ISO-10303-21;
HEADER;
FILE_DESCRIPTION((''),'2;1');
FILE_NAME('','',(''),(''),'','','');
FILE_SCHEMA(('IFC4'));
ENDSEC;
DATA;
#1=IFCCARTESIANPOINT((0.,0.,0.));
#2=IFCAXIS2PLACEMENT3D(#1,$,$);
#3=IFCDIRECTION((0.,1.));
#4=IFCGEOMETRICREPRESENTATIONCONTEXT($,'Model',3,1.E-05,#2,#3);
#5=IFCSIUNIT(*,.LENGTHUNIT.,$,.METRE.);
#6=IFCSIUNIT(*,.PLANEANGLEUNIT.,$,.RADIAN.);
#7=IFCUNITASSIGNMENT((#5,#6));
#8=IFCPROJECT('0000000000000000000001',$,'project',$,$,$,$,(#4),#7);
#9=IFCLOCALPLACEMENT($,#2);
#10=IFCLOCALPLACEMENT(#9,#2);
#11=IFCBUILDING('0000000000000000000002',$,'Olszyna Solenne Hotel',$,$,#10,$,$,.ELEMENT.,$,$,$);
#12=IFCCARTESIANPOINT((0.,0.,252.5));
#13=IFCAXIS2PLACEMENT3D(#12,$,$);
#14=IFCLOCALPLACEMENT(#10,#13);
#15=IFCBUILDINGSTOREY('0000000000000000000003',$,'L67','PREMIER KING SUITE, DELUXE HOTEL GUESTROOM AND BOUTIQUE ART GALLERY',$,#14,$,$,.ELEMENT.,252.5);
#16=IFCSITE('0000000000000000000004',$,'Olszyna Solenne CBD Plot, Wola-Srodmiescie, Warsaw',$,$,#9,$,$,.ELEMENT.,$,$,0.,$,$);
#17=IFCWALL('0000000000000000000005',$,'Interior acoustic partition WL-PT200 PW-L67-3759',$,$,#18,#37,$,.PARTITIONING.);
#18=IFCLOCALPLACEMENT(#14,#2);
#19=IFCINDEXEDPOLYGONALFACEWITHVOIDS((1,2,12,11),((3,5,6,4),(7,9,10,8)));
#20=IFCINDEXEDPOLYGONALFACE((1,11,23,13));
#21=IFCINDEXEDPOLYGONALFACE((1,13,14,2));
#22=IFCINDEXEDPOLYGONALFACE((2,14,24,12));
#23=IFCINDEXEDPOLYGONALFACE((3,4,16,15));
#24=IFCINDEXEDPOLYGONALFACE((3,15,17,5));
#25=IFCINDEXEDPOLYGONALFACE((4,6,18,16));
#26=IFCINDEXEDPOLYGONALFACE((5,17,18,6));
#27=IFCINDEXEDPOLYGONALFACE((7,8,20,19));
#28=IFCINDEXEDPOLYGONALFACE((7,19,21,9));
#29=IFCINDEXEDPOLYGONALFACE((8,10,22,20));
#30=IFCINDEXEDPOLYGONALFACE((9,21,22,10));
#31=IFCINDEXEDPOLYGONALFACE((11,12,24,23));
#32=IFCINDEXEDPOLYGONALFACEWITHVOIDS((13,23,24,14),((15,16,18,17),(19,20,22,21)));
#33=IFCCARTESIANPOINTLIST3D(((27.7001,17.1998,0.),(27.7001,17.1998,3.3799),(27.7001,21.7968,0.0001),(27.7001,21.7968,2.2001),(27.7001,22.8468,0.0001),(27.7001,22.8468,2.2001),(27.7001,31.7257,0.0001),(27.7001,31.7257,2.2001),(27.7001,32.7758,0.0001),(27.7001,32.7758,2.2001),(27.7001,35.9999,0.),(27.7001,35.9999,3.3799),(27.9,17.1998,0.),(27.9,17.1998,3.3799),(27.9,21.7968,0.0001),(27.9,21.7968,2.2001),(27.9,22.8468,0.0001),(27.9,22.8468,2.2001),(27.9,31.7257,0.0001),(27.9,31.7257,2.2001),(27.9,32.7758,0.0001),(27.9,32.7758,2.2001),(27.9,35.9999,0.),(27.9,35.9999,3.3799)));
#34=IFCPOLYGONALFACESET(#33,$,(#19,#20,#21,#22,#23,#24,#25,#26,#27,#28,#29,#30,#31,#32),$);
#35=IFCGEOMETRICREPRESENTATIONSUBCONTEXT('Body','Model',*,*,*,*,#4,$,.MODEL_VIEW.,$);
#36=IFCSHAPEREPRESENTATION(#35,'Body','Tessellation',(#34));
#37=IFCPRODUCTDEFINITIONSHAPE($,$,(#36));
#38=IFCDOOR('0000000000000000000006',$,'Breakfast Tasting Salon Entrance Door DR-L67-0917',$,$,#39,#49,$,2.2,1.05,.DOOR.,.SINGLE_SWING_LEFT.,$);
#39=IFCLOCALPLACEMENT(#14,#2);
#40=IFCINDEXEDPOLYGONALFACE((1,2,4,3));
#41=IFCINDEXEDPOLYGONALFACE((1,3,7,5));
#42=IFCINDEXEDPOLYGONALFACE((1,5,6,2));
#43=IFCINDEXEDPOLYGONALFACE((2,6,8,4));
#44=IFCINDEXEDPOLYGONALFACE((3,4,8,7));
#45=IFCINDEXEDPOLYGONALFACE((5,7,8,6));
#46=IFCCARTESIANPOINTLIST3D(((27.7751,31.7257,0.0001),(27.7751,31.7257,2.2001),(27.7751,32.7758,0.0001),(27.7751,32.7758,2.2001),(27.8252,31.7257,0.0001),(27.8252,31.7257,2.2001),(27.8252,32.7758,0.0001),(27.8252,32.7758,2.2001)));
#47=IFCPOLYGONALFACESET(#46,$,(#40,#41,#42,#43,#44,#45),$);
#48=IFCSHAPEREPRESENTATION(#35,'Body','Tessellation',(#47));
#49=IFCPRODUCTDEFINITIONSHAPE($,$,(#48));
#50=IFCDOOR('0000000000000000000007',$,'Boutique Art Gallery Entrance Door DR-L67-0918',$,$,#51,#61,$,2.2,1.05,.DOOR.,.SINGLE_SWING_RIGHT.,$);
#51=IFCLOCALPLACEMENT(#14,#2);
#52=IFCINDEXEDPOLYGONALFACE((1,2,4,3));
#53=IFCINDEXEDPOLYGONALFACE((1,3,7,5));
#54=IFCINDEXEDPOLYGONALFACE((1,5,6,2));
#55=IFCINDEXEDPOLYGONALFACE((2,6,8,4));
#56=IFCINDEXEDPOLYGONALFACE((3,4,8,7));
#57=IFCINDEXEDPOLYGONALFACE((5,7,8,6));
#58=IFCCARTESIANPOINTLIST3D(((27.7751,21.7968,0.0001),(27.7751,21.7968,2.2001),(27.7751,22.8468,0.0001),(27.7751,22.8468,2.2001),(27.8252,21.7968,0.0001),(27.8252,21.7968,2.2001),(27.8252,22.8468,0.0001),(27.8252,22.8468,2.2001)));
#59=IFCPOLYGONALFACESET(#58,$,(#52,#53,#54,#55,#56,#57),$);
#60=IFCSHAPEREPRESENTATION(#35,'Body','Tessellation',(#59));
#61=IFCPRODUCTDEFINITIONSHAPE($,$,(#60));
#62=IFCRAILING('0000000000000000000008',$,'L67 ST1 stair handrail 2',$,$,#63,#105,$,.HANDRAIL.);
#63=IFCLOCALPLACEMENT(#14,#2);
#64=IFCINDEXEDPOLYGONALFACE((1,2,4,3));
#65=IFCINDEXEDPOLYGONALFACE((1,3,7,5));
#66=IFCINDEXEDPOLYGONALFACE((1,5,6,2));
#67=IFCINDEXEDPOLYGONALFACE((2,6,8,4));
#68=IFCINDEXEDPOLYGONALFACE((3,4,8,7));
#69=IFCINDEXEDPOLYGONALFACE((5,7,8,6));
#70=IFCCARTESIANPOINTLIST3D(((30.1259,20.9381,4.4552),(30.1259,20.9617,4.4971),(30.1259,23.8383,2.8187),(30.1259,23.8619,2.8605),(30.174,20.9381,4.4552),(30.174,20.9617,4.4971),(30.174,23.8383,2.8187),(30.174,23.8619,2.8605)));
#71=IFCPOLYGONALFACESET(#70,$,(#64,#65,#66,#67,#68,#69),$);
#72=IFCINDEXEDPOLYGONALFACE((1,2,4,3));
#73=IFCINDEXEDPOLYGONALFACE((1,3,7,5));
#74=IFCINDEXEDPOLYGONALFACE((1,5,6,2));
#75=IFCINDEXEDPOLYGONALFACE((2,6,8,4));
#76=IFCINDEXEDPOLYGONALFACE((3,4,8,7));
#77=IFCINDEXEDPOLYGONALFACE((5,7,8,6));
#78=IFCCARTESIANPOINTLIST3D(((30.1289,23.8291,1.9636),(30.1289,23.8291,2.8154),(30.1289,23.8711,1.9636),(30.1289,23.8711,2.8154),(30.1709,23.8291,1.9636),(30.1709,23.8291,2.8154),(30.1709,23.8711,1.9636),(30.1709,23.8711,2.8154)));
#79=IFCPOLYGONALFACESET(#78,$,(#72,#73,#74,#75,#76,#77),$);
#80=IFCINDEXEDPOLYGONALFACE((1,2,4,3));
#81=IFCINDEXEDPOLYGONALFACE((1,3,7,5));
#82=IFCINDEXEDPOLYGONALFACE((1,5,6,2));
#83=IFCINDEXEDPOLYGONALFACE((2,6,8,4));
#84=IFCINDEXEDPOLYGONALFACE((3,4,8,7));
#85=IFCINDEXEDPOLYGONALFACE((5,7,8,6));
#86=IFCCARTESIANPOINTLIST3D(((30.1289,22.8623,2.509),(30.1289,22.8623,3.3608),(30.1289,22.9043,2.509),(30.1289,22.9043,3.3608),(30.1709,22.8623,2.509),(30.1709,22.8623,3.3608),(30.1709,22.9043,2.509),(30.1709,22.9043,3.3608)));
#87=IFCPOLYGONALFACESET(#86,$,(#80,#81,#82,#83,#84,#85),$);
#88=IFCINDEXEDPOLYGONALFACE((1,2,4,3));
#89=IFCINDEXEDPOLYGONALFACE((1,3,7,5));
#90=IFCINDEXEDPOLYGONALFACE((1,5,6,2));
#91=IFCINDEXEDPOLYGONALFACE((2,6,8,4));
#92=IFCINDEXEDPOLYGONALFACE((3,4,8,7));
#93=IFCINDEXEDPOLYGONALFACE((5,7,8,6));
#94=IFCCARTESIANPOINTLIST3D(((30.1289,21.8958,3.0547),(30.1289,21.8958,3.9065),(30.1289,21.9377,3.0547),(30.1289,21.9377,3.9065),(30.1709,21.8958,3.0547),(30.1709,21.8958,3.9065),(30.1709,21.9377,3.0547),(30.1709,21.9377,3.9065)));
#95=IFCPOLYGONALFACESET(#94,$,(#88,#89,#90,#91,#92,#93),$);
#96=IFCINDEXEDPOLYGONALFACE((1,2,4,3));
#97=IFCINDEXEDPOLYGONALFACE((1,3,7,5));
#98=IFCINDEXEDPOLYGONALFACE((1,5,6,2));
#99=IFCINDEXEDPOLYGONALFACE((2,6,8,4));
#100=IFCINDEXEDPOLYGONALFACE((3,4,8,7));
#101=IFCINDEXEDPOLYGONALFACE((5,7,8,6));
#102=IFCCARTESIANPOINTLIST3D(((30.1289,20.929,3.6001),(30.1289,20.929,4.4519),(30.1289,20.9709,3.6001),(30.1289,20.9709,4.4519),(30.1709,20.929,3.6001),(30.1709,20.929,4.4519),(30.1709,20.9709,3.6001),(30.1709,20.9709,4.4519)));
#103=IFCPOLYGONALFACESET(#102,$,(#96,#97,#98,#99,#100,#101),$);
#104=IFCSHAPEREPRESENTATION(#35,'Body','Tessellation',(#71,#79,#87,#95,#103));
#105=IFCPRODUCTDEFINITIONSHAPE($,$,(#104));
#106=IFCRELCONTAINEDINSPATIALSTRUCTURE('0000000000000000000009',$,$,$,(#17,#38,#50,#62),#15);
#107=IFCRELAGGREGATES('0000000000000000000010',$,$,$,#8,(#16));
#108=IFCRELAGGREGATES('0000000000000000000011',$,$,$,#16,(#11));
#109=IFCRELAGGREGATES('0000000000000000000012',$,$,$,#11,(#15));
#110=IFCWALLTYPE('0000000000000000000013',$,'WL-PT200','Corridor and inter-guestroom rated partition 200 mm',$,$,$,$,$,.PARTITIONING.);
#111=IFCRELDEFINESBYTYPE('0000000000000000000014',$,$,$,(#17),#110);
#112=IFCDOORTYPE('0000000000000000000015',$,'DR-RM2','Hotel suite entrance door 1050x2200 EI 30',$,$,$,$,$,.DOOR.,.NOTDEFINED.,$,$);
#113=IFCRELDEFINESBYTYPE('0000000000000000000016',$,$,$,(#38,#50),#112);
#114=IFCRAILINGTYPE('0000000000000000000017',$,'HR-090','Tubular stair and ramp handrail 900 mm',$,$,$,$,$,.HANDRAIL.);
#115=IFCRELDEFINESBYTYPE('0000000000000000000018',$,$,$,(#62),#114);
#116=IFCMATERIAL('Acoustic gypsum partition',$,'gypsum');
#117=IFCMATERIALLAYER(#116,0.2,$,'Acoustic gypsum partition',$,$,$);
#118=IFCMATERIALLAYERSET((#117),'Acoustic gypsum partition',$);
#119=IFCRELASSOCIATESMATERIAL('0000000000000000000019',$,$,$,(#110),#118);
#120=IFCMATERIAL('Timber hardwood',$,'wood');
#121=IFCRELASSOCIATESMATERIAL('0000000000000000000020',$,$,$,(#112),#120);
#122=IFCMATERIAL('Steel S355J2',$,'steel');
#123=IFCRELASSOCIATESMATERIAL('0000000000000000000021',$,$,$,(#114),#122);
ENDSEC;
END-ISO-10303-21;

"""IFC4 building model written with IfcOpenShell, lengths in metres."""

from ifc_helpers import new_model, si_unit, direction, frame, frame_2d, origin, origin_2d, place, context, subcontext, project, spatial, rectangle, extrude, source, transform, mapped, material, layer, layer_set, type_object, type_shapes, element, fill, save


model = new_model("IFC4")

# Units and contexts
model_context = context("Model", 3, precision=1e-05, world=origin(), true_north=direction((0.0, 1.0)))
body_context = subcontext(model_context, "Body", "Model", "MODEL_VIEW")
ifc_project = project(units=[si_unit("LENGTHUNIT", "METRE"), si_unit("PLANEANGLEUNIT", "RADIAN")], contexts=[model_context])

# Site, building, storey
site_placement = place(None, origin())
site = spatial("IfcSite", under=ifc_project, at=site_placement, Name="Olszyna Solenne CBD Plot, Wola-Srodmiescie, Warsaw", CompositionType="ELEMENT", RefElevation=0.0)
building_placement = place(site_placement, origin())
building = spatial("IfcBuilding", under=site, at=building_placement, Name="Olszyna Solenne Hotel", CompositionType="ELEMENT")
storey_placement = place(building_placement, frame((0.0, 0.0, 252.5)))
storey = spatial("IfcBuildingStorey", under=building, at=storey_placement, Name="L67", Description="PREMIER KING SUITE, DELUXE HOTEL GUESTROOM AND BOUTIQUE ART GALLERY", CompositionType="ELEMENT", Elevation=252.5)

# Shared definitions
ifc_material_1 = material(Name="Steel S355J2", Category="steel")

# Shared definitions
ifc_material_2 = material(Name="Timber hardwood", Category="wood")

# Shared definitions
ifc_material_3 = material(Name="Acoustic gypsum partition", Category="gypsum")
ifc_layer_1 = layer(ifc_material_3, 0.2, Name="Acoustic gypsum partition")
ifc_layer_set_1 = layer_set([ifc_layer_1], Name="Acoustic gypsum partition")
wall_type_1 = type_object("IfcWallType", Name="WL-PT200", Description="Corridor and inter-guestroom rated partition 200 mm", PredefinedType="PARTITIONING", material=ifc_layer_set_1)

# Wall, openings, doors
door_type_1 = type_object("IfcDoorType", Name="DR-RM2", Description="Hotel suite entrance door 1050x2200 EI 30", OperationType="NOTDEFINED", PredefinedType="DOOR", material=ifc_material_2)
shared_shape_1 = source(origin(), body_context, "Body", "SweptSolid", [
    extrude(rectangle(XDim=1.05, YDim=2.2, at=frame_2d((0.5249, 1.1001))), frame((0.0, 0.0249, 0.0), z_axis=(0.0, -1.0, 0.0), x_axis=(1.0, 0.0, 0.0)), (0.0, 0.0, 1.0), 0.05),
])
type_shapes(door_type_1, [shared_shape_1])
wall_1_placement = place(storey_placement, frame((27.8, 17.2, 0.0), z_axis=(0.0, 0.0, 1.0), x_axis=(0.0, 1.0, 0.0)))
wall_1 = element("IfcWall", 1, at=wall_1_placement, inside=storey, type_object=wall_type_1, Name="Interior acoustic partition WL-PT200 PW-L67-3759", PredefinedType="PARTITIONING", context=body_context, shape_type="SweptSolid", body=[
    extrude(rectangle(XDim=18.8, YDim=0.2, at=frame_2d((9.3999, 0.0))), origin(), (0.0, 0.0, 1.0), 3.3799),
])
opening_1_placement = place(wall_1_placement, frame((14.5259, 0.0, 0.0)))
opening_1 = element("IfcOpeningElement", 2, at=opening_1_placement, cuts=wall_1, PredefinedType="OPENING", context=body_context, shape_type="SweptSolid", body=[
    extrude(rectangle(XDim=1.05, YDim=2.2, at=frame_2d((0.5249, 1.1001))), frame((0.0, 0.1099, 0.0), z_axis=(0.0, -1.0, 0.0), x_axis=(1.0, 0.0, 0.0)), (0.0, 0.0, 1.0), 0.22),
])
opening_2_placement = place(wall_1_placement, frame((4.5969, 0.0, 0.0)))
opening_2 = element("IfcOpeningElement", 3, at=opening_2_placement, cuts=wall_1, PredefinedType="OPENING", context=body_context, shape_type="SweptSolid", body=[
    extrude(rectangle(XDim=1.05, YDim=2.2, at=frame_2d((0.5249, 1.1001))), frame((0.0, 0.1099, 0.0), z_axis=(0.0, -1.0, 0.0), x_axis=(1.0, 0.0, 0.0)), (0.0, 0.0, 1.0), 0.22),
])
door_1_placement = place(opening_1_placement, origin())
door_1 = element("IfcDoor", 4, at=door_1_placement, inside=storey, type_object=door_type_1, Name="Breakfast Tasting Salon Entrance Door DR-L67-0917", OperationType="SINGLE_SWING_LEFT", OverallHeight=2.2, OverallWidth=1.05, PredefinedType="DOOR", context=body_context, shape_type="MappedRepresentation", body=[
    mapped(shared_shape_1, transform((0.0, 0.0, 0.0), x_axis=(1.0, 0.0, 0.0), y_axis=(0.0, 1.0, 0.0), z_axis=(0.0, 0.0, 1.0), scale=1.0)),
])
fill(opening_1, door_1)
door_2_placement = place(opening_2_placement, origin())
door_2 = element("IfcDoor", 5, at=door_2_placement, inside=storey, type_object=door_type_1, Name="Boutique Art Gallery Entrance Door DR-L67-0918", OperationType="SINGLE_SWING_RIGHT", OverallHeight=2.2, OverallWidth=1.05, PredefinedType="DOOR", context=body_context, shape_type="MappedRepresentation", body=[
    mapped(shared_shape_1, transform((0.0, 0.0, 0.0), x_axis=(1.0, 0.0, 0.0), y_axis=(0.0, 1.0, 0.0), z_axis=(0.0, 0.0, 1.0), scale=1.0)),
])
fill(opening_2, door_2)

# Railing
railing_type = type_object("IfcRailingType", Name="HR-090", Description="Tubular stair and ramp handrail 900 mm", PredefinedType="HANDRAIL", material=ifc_material_1)
railing_placement = place(storey_placement, frame((30.1499, 23.8501, 1.9636)))
element("IfcRailing", 6, at=railing_placement, inside=storey, type_object=railing_type, Name="L67 ST1 stair handrail 2", PredefinedType="HANDRAIL", context=body_context, shape_type="SweptSolid", body=[
    extrude(rectangle(XDim=0.0481, YDim=0.0481, at=origin_2d()), frame((0.0, 0.0, 0.876), z_axis=(0.0, -0.870915, 0.491434), x_axis=(1.0, 0.0, 0.0)), (0.0, 0.0, 1.0), 3.3301),
    extrude(rectangle(XDim=0.042, YDim=0.042, at=origin_2d()), origin(), (0.0, 0.0, 1.0), 0.8518),
    extrude(rectangle(XDim=0.042, YDim=0.042, at=origin_2d()), frame((0.0, -0.9668, 0.5454)), (0.0, 0.0, 1.0), 0.8518),
    extrude(rectangle(XDim=0.042, YDim=0.042, at=origin_2d()), frame((0.0, -1.9333, 1.0911)), (0.0, 0.0, 1.0), 0.8518),
    extrude(rectangle(XDim=0.042, YDim=0.042, at=origin_2d()), frame((0.0, -2.9001, 1.6365)), (0.0, 0.0, 1.0), 0.8518),
])

save(model, "model.ifc")
